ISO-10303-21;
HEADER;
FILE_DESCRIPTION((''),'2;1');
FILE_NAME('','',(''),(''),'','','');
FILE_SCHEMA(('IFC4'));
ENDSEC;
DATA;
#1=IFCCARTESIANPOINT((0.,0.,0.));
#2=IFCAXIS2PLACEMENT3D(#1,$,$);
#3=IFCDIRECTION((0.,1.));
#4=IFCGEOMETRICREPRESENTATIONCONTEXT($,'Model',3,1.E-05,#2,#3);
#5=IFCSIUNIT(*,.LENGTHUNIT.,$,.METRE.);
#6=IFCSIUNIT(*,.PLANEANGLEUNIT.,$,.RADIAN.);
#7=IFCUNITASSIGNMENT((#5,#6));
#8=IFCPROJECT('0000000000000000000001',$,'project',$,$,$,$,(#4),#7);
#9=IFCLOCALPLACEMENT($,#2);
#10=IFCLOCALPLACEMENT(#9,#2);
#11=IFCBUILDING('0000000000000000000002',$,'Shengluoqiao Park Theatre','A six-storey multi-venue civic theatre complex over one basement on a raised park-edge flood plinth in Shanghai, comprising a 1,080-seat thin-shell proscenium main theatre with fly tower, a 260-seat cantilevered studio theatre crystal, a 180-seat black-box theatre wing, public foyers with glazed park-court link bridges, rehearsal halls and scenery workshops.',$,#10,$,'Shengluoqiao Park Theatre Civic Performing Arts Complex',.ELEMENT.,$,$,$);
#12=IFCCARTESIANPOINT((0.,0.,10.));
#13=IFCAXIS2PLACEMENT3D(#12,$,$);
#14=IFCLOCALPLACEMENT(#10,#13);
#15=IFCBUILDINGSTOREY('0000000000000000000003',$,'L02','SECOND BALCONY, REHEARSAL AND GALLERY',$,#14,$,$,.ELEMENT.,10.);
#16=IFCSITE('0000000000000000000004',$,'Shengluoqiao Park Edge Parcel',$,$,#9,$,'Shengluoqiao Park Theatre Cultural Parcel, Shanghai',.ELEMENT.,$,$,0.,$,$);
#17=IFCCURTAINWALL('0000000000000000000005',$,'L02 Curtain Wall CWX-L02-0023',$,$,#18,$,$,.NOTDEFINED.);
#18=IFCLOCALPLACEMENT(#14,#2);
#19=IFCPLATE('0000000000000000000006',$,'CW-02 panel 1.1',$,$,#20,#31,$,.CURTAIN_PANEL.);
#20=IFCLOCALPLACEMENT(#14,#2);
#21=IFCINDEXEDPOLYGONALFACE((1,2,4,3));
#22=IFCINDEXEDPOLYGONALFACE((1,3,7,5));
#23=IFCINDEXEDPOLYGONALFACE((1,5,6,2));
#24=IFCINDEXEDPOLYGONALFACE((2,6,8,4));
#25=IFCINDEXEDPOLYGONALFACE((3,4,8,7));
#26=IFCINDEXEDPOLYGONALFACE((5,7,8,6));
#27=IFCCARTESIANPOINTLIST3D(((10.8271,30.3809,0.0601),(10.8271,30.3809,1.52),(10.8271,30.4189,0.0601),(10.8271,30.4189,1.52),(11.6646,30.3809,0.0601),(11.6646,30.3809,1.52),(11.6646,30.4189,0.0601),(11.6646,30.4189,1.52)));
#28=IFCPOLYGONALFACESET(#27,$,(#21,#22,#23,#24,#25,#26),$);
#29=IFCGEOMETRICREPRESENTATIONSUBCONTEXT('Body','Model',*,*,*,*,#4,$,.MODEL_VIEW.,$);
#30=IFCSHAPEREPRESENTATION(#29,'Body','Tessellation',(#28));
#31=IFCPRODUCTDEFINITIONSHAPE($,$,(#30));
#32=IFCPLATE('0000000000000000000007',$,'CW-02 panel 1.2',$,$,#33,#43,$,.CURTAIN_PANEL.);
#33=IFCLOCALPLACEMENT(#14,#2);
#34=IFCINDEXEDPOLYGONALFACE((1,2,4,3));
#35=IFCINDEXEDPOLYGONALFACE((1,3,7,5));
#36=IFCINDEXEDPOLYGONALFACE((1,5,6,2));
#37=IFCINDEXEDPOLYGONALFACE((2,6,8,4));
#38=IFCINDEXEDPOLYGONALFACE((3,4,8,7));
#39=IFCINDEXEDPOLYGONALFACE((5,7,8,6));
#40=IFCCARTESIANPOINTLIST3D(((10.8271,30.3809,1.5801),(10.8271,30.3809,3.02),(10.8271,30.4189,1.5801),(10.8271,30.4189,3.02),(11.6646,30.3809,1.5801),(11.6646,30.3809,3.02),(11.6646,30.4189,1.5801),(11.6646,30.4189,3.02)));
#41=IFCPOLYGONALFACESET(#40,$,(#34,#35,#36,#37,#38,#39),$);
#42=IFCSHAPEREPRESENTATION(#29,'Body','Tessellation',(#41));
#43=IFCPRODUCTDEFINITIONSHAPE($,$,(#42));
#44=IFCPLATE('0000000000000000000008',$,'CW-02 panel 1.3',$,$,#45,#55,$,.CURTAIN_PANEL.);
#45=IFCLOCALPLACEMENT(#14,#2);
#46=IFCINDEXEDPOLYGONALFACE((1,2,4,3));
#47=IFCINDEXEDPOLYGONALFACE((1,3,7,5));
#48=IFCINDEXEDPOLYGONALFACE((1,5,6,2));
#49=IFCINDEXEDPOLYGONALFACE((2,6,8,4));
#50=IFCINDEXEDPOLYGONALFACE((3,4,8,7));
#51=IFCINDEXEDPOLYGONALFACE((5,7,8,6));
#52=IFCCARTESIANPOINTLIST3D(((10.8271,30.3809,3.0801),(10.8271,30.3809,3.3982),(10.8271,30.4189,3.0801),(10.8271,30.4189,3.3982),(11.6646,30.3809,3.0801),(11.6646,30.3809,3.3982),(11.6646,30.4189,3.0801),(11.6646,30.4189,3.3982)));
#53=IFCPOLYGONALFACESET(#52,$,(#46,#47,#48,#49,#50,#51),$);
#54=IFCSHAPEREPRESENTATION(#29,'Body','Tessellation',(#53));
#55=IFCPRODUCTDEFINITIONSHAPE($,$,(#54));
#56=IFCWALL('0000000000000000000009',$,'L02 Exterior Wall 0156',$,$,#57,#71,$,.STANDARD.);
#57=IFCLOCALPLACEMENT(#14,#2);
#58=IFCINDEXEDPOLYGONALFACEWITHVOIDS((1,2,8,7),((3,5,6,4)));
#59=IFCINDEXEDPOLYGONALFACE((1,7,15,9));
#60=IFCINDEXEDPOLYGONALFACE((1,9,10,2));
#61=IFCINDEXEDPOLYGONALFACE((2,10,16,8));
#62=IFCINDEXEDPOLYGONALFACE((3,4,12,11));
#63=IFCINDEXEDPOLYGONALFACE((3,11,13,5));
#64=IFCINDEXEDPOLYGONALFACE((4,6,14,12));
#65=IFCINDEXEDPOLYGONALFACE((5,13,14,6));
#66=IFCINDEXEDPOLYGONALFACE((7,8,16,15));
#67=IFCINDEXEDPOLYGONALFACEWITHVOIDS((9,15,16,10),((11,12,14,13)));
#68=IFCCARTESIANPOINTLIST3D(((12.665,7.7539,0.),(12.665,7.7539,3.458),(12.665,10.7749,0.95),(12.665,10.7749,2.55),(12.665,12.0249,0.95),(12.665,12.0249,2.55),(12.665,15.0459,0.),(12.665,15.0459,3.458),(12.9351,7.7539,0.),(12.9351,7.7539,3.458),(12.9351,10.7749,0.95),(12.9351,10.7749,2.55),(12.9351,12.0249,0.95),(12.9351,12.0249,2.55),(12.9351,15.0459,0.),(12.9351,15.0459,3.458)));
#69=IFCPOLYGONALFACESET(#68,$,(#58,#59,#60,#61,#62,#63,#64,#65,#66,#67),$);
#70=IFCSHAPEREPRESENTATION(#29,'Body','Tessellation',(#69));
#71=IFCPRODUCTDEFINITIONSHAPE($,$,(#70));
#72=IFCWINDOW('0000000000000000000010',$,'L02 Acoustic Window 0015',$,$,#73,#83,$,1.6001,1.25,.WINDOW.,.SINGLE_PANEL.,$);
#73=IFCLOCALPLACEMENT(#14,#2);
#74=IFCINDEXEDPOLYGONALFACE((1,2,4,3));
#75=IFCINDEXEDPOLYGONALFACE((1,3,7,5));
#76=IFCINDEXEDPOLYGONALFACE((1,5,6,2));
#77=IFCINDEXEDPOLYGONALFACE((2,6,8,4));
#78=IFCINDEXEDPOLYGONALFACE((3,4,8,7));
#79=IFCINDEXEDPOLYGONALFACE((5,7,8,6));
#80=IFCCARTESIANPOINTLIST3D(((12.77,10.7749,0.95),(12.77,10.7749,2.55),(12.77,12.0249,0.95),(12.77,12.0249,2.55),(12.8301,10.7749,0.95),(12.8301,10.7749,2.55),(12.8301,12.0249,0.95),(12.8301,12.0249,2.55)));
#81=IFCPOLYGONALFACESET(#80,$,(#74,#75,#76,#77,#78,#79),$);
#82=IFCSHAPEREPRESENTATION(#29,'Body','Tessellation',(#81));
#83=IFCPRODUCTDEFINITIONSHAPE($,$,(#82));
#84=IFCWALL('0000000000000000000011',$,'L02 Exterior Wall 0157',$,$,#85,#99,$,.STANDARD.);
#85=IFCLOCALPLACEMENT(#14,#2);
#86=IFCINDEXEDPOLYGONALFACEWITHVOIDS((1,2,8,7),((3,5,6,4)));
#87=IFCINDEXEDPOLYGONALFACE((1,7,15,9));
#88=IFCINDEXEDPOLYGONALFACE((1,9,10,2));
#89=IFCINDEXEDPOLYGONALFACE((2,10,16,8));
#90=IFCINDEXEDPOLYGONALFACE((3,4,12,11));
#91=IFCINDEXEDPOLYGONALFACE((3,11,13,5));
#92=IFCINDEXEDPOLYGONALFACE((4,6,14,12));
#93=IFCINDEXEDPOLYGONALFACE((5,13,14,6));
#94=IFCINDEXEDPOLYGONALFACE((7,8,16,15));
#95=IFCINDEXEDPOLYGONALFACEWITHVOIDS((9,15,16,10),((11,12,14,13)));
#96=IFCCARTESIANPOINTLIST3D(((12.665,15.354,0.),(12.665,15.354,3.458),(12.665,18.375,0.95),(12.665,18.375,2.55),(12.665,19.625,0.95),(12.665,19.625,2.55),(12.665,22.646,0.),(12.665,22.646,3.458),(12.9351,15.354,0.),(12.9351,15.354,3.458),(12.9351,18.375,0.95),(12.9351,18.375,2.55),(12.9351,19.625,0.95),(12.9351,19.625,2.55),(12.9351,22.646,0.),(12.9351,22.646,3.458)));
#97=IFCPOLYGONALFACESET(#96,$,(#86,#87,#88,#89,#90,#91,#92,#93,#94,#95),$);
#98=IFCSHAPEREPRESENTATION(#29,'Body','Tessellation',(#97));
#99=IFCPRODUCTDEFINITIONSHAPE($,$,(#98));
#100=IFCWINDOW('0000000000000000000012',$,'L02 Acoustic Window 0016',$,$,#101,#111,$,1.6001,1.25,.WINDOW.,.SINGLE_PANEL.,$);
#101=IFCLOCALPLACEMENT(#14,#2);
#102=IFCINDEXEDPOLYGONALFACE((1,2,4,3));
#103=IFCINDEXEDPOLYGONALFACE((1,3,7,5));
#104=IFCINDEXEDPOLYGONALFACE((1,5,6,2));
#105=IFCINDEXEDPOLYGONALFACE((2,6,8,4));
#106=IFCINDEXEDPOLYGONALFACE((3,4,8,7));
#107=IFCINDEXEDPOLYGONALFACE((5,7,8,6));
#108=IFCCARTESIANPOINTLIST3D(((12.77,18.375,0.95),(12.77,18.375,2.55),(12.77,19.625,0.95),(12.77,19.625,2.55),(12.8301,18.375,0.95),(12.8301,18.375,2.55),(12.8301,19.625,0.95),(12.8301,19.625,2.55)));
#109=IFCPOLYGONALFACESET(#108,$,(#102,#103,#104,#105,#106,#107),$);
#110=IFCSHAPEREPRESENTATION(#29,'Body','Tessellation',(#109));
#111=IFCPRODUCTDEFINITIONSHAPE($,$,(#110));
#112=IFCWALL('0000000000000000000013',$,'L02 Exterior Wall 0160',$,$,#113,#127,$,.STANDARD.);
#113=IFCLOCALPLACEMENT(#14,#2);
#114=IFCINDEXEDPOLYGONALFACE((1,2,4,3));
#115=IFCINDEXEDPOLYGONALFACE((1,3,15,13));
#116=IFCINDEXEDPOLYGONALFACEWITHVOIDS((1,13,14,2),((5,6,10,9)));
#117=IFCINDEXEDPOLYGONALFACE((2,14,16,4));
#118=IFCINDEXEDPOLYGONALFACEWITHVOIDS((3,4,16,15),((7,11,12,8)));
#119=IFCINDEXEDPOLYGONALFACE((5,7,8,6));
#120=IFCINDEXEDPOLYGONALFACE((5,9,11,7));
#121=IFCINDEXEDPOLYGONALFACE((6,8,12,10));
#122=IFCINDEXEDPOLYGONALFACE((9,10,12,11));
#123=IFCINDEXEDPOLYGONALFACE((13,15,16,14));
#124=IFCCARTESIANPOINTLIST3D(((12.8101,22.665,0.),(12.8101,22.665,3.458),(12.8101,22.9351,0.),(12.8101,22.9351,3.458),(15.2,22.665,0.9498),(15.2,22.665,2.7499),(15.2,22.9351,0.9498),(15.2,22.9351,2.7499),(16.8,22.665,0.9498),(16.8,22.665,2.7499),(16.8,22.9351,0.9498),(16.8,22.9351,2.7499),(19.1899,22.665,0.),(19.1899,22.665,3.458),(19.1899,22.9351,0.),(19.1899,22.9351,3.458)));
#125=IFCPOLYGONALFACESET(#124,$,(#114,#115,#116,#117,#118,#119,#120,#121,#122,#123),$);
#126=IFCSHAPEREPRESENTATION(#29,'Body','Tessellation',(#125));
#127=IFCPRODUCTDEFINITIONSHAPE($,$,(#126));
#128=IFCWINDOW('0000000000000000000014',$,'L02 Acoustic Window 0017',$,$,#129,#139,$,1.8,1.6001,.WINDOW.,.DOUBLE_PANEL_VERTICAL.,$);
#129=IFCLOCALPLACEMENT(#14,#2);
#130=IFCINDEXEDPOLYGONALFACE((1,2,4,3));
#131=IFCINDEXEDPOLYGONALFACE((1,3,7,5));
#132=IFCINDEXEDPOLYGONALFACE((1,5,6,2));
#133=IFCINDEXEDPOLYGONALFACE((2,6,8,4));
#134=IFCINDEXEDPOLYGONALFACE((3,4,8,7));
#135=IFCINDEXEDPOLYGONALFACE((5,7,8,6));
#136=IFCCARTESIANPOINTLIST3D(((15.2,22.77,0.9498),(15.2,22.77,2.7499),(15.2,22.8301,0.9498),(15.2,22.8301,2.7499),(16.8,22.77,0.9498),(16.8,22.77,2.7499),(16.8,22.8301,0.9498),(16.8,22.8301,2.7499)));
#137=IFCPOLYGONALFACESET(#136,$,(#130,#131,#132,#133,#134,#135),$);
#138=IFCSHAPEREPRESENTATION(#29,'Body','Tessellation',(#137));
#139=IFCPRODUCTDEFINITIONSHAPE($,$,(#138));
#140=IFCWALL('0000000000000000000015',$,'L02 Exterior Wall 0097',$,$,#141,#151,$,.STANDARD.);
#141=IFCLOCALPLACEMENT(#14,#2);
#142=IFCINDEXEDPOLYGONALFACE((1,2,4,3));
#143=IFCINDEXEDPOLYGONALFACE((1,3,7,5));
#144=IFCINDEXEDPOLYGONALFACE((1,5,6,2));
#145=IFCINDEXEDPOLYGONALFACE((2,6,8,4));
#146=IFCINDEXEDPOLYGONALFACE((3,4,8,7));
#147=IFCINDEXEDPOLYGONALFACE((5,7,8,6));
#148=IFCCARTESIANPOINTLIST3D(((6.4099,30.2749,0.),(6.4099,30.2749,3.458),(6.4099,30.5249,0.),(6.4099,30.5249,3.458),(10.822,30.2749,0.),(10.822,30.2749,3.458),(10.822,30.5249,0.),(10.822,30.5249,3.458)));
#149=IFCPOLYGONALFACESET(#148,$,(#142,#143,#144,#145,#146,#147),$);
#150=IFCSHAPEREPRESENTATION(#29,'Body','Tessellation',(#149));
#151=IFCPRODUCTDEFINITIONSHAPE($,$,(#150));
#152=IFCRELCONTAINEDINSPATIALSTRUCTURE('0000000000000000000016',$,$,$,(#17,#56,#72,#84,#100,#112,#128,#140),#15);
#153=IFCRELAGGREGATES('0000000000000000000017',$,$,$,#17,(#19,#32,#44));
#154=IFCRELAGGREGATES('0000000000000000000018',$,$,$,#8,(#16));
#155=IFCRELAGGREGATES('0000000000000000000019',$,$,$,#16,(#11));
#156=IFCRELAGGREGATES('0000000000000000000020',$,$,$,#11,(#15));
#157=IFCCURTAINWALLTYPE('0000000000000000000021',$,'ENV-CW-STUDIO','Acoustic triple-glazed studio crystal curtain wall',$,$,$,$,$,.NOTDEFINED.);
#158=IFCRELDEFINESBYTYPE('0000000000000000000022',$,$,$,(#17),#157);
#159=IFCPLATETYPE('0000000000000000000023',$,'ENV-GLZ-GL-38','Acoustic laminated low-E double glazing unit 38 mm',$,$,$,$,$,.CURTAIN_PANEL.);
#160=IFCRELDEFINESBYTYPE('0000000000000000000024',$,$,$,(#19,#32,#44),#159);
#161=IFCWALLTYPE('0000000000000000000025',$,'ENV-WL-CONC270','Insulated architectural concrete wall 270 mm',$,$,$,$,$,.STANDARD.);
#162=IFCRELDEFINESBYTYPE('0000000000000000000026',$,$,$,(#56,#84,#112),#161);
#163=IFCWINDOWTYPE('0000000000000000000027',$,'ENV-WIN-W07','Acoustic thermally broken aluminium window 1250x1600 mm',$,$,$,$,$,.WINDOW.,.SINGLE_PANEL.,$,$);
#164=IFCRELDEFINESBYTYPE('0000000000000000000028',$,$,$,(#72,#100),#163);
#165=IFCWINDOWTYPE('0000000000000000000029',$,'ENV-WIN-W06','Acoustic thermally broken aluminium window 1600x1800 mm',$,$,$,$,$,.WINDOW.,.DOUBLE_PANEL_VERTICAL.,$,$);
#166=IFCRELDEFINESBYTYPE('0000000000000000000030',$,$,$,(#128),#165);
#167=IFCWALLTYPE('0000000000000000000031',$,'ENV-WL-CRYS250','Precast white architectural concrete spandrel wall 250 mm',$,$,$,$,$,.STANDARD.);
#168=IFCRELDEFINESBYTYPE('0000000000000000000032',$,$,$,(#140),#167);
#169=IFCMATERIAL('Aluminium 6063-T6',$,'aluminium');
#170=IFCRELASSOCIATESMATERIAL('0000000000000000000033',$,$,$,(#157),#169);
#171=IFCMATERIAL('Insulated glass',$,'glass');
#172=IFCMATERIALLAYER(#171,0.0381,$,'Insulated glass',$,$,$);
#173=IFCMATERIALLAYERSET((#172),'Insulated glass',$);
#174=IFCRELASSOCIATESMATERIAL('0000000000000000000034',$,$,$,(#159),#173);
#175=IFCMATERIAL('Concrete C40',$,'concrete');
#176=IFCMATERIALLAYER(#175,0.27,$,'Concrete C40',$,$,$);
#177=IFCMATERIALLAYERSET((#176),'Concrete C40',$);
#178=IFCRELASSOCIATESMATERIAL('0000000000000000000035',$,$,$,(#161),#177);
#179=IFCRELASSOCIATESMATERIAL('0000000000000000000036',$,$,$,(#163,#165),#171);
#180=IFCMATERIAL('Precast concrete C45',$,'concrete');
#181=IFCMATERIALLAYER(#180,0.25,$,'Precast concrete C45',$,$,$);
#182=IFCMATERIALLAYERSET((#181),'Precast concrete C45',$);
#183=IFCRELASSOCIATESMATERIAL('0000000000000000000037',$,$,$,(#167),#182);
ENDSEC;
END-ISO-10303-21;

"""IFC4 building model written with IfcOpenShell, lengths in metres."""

from ifc_helpers import new_model, si_unit, direction, frame, frame_2d, origin, origin_2d, place, context, subcontext, project, spatial, rectangle, extrude, material, layer, layer_set, type_object, element, fill, aggregate, save


model = new_model("IFC4")

# Units and contexts
model_context = context("Model", 3, precision=1e-05, world=origin(), true_north=direction((0.0, 1.0)))
body_context = subcontext(model_context, "Body", "Model", "MODEL_VIEW")
ifc_project = project(units=[si_unit("LENGTHUNIT", "METRE"), si_unit("PLANEANGLEUNIT", "RADIAN")], contexts=[model_context])

# Site, building, storey
site_placement = place(None, origin())
site = spatial("IfcSite", under=ifc_project, at=site_placement, Name="Shengluoqiao Park Edge Parcel", LongName="Shengluoqiao Park Theatre Cultural Parcel, Shanghai", CompositionType="ELEMENT", RefElevation=0.0)
building_placement = place(site_placement, origin())
building = spatial("IfcBuilding", under=site, at=building_placement, Name="Shengluoqiao Park Theatre", Description="A six-storey multi-venue civic theatre complex over one basement on a raised park-edge flood plinth in Shanghai, comprising a 1,080-seat thin-shell proscenium main theatre with fly tower, a 260-seat cantilevered studio theatre crystal, a 180-seat black-box theatre wing, public foyers with glazed park-court link bridges, rehearsal halls and scenery workshops.", LongName="Shengluoqiao Park Theatre Civic Performing Arts Complex", CompositionType="ELEMENT")
storey_placement = place(building_placement, frame((0.0, 0.0, 10.0)))
storey = spatial("IfcBuildingStorey", under=building, at=storey_placement, Name="L02", Description="SECOND BALCONY, REHEARSAL AND GALLERY", CompositionType="ELEMENT", Elevation=10.0)

# Curtain wall
ifc_material_1 = material(Name="Aluminium 6063-T6", Category="aluminium")
curtain_wall_type = type_object("IfcCurtainWallType", Name="ENV-CW-STUDIO", Description="Acoustic triple-glazed studio crystal curtain wall", PredefinedType="NOTDEFINED", material=ifc_material_1)
curtain_wall_placement = place(storey_placement, origin())
curtain_wall = element("IfcCurtainWall", 1, at=curtain_wall_placement, inside=storey, type_object=curtain_wall_type, Name="L02 Curtain Wall CWX-L02-0023", PredefinedType="NOTDEFINED")

# Plates
ifc_material_2 = material(Name="Insulated glass", Category="glass")
ifc_layer_1 = layer(ifc_material_2, 0.0381, Name="Insulated glass")
ifc_layer_set_1 = layer_set([ifc_layer_1], Name="Insulated glass")
plate_type = type_object("IfcPlateType", Name="ENV-GLZ-GL-38", Description="Acoustic laminated low-E double glazing unit 38 mm", PredefinedType="CURTAIN_PANEL", material=ifc_layer_set_1)
plate_1_placement = place(storey_placement, frame((11.2458, 30.3999, 0.0601), z_axis=(0.0, 0.0, 1.0), x_axis=(1.0, 0.0, 0.0)))
plate_1 = element("IfcPlate", 2, at=plate_1_placement, type_object=plate_type, Name="CW-02 panel 1.1", PredefinedType="CURTAIN_PANEL", context=body_context, shape_type="SweptSolid", body=[
    extrude(rectangle(XDim=0.8374, YDim=0.0381, at=origin_2d()), origin(), (0.0, 0.0, 1.0), 1.46),
])
plate_2_placement = place(storey_placement, frame((11.2458, 30.3999, 1.5801), z_axis=(0.0, 0.0, 1.0), x_axis=(1.0, 0.0, 0.0)))
plate_2 = element("IfcPlate", 3, at=plate_2_placement, type_object=plate_type, Name="CW-02 panel 1.2", PredefinedType="CURTAIN_PANEL", context=body_context, shape_type="SweptSolid", body=[
    extrude(rectangle(XDim=0.8374, YDim=0.0381, at=origin_2d()), origin(), (0.0, 0.0, 1.0), 1.4399),
])
plate_3_placement = place(storey_placement, frame((11.2458, 30.3999, 3.0801), z_axis=(0.0, 0.0, 1.0), x_axis=(1.0, 0.0, 0.0)))
plate_3 = element("IfcPlate", 4, at=plate_3_placement, type_object=plate_type, Name="CW-02 panel 1.3", PredefinedType="CURTAIN_PANEL", context=body_context, shape_type="SweptSolid", body=[
    extrude(rectangle(XDim=0.8374, YDim=0.0381, at=origin_2d()), origin(), (0.0, 0.0, 1.0), 0.3181),
])
aggregate(curtain_wall, [plate_1, plate_2, plate_3])

# Walls, openings, windows
ifc_material_3 = material(Name="Concrete C40", Category="concrete")
ifc_layer_2 = layer(ifc_material_3, 0.27, Name="Concrete C40")
ifc_layer_set_2 = layer_set([ifc_layer_2], Name="Concrete C40")
wall_type_1 = type_object("IfcWallType", Name="ENV-WL-CONC270", Description="Insulated architectural concrete wall 270 mm", PredefinedType="STANDARD", material=ifc_layer_set_2)
wall_1_placement = place(storey_placement, frame((12.8, 7.7539, 0.0), z_axis=(0.0, 0.0, 1.0), x_axis=(0.0, 1.0, 0.0)))
wall_1 = element("IfcWall", 5, at=wall_1_placement, inside=storey, type_object=wall_type_1, Name="L02 Exterior Wall 0156", PredefinedType="STANDARD", context=body_context, shape_type="SweptSolid", body=[
    extrude(rectangle(XDim=7.292, YDim=0.27, at=frame_2d((3.646, 0.0))), origin(), (0.0, 0.0, 1.0), 3.458),
])
opening_1_placement = place(wall_1_placement, frame((3.021, 0.0, 0.95)))
opening_1 = element("IfcOpeningElement", 6, at=opening_1_placement, cuts=wall_1, PredefinedType="OPENING", context=body_context, shape_type="SweptSolid", body=[
    extrude(rectangle(XDim=1.25, YDim=1.6001, at=frame_2d((0.625, 0.8))), frame((0.0, 0.145, 0.0), z_axis=(0.0, -1.0, 0.0), x_axis=(1.0, 0.0, 0.0)), (0.0, 0.0, 1.0), 0.29),
])
window_type_1 = type_object("IfcWindowType", Name="ENV-WIN-W07", Description="Acoustic thermally broken aluminium window 1250x1600 mm", PartitioningType="SINGLE_PANEL", PredefinedType="WINDOW", material=ifc_material_2)
window_1_placement = place(opening_1_placement, origin())
window_1 = element("IfcWindow", 7, at=window_1_placement, inside=storey, type_object=window_type_1, Name="L02 Acoustic Window 0015", OverallHeight=1.6001, OverallWidth=1.25, PartitioningType="SINGLE_PANEL", PredefinedType="WINDOW", context=body_context, shape_type="SweptSolid", body=[
    extrude(rectangle(XDim=1.25, YDim=1.6001, at=frame_2d((0.625, 0.8))), frame((0.0, 0.03, 0.0), z_axis=(0.0, -1.0, 0.0), x_axis=(1.0, 0.0, 0.0)), (0.0, 0.0, 1.0), 0.0601),
])
fill(opening_1, window_1)
wall_2_placement = place(storey_placement, frame((12.8, 15.354, 0.0), z_axis=(0.0, 0.0, 1.0), x_axis=(0.0, 1.0, 0.0)))
wall_2 = element("IfcWall", 8, at=wall_2_placement, inside=storey, type_object=wall_type_1, Name="L02 Exterior Wall 0157", PredefinedType="STANDARD", context=body_context, shape_type="SweptSolid", body=[
    extrude(rectangle(XDim=7.292, YDim=0.27, at=frame_2d((3.646, 0.0))), origin(), (0.0, 0.0, 1.0), 3.458),
])
opening_2_placement = place(wall_2_placement, frame((3.021, 0.0, 0.95)))
opening_2 = element("IfcOpeningElement", 9, at=opening_2_placement, cuts=wall_2, PredefinedType="OPENING", context=body_context, shape_type="SweptSolid", body=[
    extrude(rectangle(XDim=1.25, YDim=1.6001, at=frame_2d((0.625, 0.8))), frame((0.0, 0.145, 0.0), z_axis=(0.0, -1.0, 0.0), x_axis=(1.0, 0.0, 0.0)), (0.0, 0.0, 1.0), 0.29),
])
window_2_placement = place(opening_2_placement, origin())
window_2 = element("IfcWindow", 10, at=window_2_placement, inside=storey, type_object=window_type_1, Name="L02 Acoustic Window 0016", OverallHeight=1.6001, OverallWidth=1.25, PartitioningType="SINGLE_PANEL", PredefinedType="WINDOW", context=body_context, shape_type="SweptSolid", body=[
    extrude(rectangle(XDim=1.25, YDim=1.6001, at=frame_2d((0.625, 0.8))), frame((0.0, 0.03, 0.0), z_axis=(0.0, -1.0, 0.0), x_axis=(1.0, 0.0, 0.0)), (0.0, 0.0, 1.0), 0.0601),
])
fill(opening_2, window_2)
wall_3_placement = place(storey_placement, frame((12.8101, 22.8, 0.0), z_axis=(0.0, 0.0, 1.0), x_axis=(1.0, 0.0, 0.0)))
wall_3 = element("IfcWall", 11, at=wall_3_placement, inside=storey, type_object=wall_type_1, Name="L02 Exterior Wall 0160", PredefinedType="STANDARD", context=body_context, shape_type="SweptSolid", body=[
    extrude(rectangle(XDim=6.3799, YDim=0.27, at=frame_2d((3.1899, 0.0))), origin(), (0.0, 0.0, 1.0), 3.458),
])
opening_3_placement = place(wall_3_placement, frame((2.3899, 0.0, 0.95)))
opening_3 = element("IfcOpeningElement", 12, at=opening_3_placement, cuts=wall_3, PredefinedType="OPENING", context=body_context, shape_type="SweptSolid", body=[
    extrude(rectangle(XDim=1.6001, YDim=1.8, at=frame_2d((0.8, 0.8999))), frame((0.0, 0.145, 0.0), z_axis=(0.0, -1.0, 0.0), x_axis=(1.0, 0.0, 0.0)), (0.0, 0.0, 1.0), 0.29),
])
window_type_2 = type_object("IfcWindowType", Name="ENV-WIN-W06", Description="Acoustic thermally broken aluminium window 1600x1800 mm", PartitioningType="DOUBLE_PANEL_VERTICAL", PredefinedType="WINDOW", material=ifc_material_2)
window_3_placement = place(opening_3_placement, origin())
window_3 = element("IfcWindow", 13, at=window_3_placement, inside=storey, type_object=window_type_2, Name="L02 Acoustic Window 0017", OverallHeight=1.8, OverallWidth=1.6001, PartitioningType="DOUBLE_PANEL_VERTICAL", PredefinedType="WINDOW", context=body_context, shape_type="SweptSolid", body=[
    extrude(rectangle(XDim=1.6001, YDim=1.8, at=frame_2d((0.8, 0.8999))), frame((0.0, 0.03, 0.0), z_axis=(0.0, -1.0, 0.0), x_axis=(1.0, 0.0, 0.0)), (0.0, 0.0, 1.0), 0.0601),
])
fill(opening_3, window_3)

# Wall
ifc_material_4 = material(Name="Precast concrete C45", Category="concrete")
ifc_layer_3 = layer(ifc_material_4, 0.25, Name="Precast concrete C45")
ifc_layer_set_3 = layer_set([ifc_layer_3], Name="Precast concrete C45")
wall_type_2 = type_object("IfcWallType", Name="ENV-WL-CRYS250", Description="Precast white architectural concrete spandrel wall 250 mm", PredefinedType="STANDARD", material=ifc_layer_set_3)
wall_4_placement = place(storey_placement, frame((6.4099, 30.3999, 0.0), z_axis=(0.0, 0.0, 1.0), x_axis=(1.0, 0.0, 0.0)))
element("IfcWall", 14, at=wall_4_placement, inside=storey, type_object=wall_type_2, Name="L02 Exterior Wall 0097", PredefinedType="STANDARD", context=body_context, shape_type="SweptSolid", body=[
    extrude(rectangle(XDim=4.4121, YDim=0.25, at=frame_2d((2.2061, 0.0))), origin(), (0.0, 0.0, 1.0), 3.458),
])

save(model, "model.ifc")
